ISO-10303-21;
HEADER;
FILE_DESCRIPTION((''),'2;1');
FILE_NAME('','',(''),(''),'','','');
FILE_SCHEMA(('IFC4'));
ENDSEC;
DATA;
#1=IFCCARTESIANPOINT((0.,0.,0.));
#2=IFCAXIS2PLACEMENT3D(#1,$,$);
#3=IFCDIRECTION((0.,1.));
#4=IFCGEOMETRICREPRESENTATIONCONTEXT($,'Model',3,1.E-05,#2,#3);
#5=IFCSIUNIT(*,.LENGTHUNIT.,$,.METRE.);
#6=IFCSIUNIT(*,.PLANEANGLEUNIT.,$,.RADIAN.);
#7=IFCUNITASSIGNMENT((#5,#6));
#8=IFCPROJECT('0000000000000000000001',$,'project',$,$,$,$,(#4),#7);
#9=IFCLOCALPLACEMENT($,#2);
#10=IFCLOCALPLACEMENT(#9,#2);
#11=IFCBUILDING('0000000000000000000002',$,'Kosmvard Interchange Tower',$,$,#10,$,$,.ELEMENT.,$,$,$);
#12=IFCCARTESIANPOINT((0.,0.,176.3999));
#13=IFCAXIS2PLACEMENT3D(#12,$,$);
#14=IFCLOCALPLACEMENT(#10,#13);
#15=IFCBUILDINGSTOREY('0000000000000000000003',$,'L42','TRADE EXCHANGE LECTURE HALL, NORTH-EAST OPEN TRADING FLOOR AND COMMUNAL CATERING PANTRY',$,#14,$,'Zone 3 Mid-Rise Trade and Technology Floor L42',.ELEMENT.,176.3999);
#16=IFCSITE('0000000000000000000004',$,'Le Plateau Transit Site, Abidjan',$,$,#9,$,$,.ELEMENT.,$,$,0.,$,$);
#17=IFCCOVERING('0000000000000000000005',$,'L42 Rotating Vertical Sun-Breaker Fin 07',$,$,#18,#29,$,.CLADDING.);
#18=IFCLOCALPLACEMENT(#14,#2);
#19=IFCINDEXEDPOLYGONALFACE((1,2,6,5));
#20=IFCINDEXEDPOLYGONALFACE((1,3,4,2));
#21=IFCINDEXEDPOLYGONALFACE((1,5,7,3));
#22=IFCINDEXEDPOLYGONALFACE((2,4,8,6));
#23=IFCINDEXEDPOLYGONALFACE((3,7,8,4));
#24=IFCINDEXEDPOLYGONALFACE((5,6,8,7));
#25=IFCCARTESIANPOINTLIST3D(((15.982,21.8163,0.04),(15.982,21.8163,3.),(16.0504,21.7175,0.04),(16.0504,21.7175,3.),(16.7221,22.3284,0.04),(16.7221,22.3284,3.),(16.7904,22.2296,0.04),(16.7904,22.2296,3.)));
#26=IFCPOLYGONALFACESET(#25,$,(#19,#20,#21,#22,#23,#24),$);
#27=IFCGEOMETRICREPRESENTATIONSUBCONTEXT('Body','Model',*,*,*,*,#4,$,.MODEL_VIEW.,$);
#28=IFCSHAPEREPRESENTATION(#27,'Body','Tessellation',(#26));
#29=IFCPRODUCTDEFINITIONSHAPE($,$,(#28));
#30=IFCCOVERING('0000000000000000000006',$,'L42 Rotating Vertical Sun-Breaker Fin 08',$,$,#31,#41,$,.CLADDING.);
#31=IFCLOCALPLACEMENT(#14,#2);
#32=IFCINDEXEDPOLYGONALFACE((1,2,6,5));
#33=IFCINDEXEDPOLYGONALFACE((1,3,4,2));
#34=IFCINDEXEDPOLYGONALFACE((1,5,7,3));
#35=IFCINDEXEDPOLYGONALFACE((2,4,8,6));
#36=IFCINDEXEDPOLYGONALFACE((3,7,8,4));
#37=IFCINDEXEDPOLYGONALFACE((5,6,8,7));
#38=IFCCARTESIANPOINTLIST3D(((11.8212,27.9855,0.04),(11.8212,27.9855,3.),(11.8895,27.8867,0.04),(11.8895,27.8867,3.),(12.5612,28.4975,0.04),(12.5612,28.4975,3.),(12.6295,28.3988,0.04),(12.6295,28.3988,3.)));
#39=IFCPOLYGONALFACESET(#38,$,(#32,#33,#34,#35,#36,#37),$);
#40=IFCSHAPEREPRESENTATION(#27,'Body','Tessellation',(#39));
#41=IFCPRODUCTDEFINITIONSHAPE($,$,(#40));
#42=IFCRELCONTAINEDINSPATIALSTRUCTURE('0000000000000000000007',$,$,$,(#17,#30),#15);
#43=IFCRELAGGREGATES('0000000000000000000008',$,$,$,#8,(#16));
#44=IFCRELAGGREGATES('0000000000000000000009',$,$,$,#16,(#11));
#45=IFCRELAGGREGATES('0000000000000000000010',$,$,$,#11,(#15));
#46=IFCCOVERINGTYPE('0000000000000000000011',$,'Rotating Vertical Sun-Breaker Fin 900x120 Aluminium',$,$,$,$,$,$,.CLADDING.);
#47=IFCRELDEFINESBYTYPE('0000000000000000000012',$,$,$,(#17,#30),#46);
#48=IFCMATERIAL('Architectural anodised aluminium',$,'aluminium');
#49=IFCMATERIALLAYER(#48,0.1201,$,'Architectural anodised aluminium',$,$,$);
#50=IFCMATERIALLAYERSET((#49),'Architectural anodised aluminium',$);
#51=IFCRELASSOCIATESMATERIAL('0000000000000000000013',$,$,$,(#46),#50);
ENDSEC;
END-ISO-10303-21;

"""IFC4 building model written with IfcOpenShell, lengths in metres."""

from ifc_helpers import new_model, si_unit, direction, frame, origin, origin_2d, place, context, subcontext, project, spatial, rectangle, extrude, source, transform, mapped, material, layer, layer_set, type_object, element, save


model = new_model("IFC4")

# Units and contexts
model_context = context("Model", 3, precision=1e-05, world=origin(), true_north=direction((0.0, 1.0)))
body_context = subcontext(model_context, "Body", "Model", "MODEL_VIEW")
ifc_project = project(units=[si_unit("LENGTHUNIT", "METRE"), si_unit("PLANEANGLEUNIT", "RADIAN")], contexts=[model_context])

# Site, building, storey
site_placement = place(None, origin())
site = spatial("IfcSite", under=ifc_project, at=site_placement, Name="Le Plateau Transit Site, Abidjan", CompositionType="ELEMENT", RefElevation=0.0)
building_placement = place(site_placement, origin())
building = spatial("IfcBuilding", under=site, at=building_placement, Name="Kosmvard Interchange Tower", CompositionType="ELEMENT")
storey_placement = place(building_placement, frame((0.0, 0.0, 176.3999)))
storey = spatial("IfcBuildingStorey", under=building, at=storey_placement, Name="L42", Description="TRADE EXCHANGE LECTURE HALL, NORTH-EAST OPEN TRADING FLOOR AND COMMUNAL CATERING PANTRY", LongName="Zone 3 Mid-Rise Trade and Technology Floor L42", CompositionType="ELEMENT", Elevation=176.3999)

# Coverings
ifc_material_1 = material(Name="Architectural anodised aluminium", Category="aluminium")
ifc_layer_1 = layer(ifc_material_1, 0.1201, Name="Architectural anodised aluminium")
ifc_layer_set_1 = layer_set([ifc_layer_1], Name="Architectural anodised aluminium")
covering_type = type_object("IfcCoveringType", Name="Rotating Vertical Sun-Breaker Fin 900x120 Aluminium", PredefinedType="CLADDING", material=ifc_layer_set_1)
shared_shape_1 = source(origin(), body_context, "Body", "SweptSolid", [
    extrude(rectangle(XDim=0.8999, YDim=0.1201, at=origin_2d()), origin(), (0.0, 0.0, 1.0), 2.96),
])
for number, where, z_axis, x_axis, name in (
    (1, (16.3862, 22.0229, 0.04), (0.0, 0.0, 1.0), (0.822343, 0.568993, 0.0), "L42 Rotating Vertical Sun-Breaker Fin 07"),
    (2, (12.2253, 28.1921, 0.04), (0.0, 0.0, 1.0), (0.822343, 0.568993, 0.0), "L42 Rotating Vertical Sun-Breaker Fin 08"),
):
    element("IfcCovering", number, at=place(storey_placement, frame(where, z_axis=z_axis, x_axis=x_axis)), inside=storey, type_object=covering_type, Name=name, PredefinedType="CLADDING", context=body_context, shape_type="MappedRepresentation", body=[
        mapped(shared_shape_1, transform((0.0, 0.0, 0.0), scale=1.0)),
    ])

save(model, "model.ifc")
